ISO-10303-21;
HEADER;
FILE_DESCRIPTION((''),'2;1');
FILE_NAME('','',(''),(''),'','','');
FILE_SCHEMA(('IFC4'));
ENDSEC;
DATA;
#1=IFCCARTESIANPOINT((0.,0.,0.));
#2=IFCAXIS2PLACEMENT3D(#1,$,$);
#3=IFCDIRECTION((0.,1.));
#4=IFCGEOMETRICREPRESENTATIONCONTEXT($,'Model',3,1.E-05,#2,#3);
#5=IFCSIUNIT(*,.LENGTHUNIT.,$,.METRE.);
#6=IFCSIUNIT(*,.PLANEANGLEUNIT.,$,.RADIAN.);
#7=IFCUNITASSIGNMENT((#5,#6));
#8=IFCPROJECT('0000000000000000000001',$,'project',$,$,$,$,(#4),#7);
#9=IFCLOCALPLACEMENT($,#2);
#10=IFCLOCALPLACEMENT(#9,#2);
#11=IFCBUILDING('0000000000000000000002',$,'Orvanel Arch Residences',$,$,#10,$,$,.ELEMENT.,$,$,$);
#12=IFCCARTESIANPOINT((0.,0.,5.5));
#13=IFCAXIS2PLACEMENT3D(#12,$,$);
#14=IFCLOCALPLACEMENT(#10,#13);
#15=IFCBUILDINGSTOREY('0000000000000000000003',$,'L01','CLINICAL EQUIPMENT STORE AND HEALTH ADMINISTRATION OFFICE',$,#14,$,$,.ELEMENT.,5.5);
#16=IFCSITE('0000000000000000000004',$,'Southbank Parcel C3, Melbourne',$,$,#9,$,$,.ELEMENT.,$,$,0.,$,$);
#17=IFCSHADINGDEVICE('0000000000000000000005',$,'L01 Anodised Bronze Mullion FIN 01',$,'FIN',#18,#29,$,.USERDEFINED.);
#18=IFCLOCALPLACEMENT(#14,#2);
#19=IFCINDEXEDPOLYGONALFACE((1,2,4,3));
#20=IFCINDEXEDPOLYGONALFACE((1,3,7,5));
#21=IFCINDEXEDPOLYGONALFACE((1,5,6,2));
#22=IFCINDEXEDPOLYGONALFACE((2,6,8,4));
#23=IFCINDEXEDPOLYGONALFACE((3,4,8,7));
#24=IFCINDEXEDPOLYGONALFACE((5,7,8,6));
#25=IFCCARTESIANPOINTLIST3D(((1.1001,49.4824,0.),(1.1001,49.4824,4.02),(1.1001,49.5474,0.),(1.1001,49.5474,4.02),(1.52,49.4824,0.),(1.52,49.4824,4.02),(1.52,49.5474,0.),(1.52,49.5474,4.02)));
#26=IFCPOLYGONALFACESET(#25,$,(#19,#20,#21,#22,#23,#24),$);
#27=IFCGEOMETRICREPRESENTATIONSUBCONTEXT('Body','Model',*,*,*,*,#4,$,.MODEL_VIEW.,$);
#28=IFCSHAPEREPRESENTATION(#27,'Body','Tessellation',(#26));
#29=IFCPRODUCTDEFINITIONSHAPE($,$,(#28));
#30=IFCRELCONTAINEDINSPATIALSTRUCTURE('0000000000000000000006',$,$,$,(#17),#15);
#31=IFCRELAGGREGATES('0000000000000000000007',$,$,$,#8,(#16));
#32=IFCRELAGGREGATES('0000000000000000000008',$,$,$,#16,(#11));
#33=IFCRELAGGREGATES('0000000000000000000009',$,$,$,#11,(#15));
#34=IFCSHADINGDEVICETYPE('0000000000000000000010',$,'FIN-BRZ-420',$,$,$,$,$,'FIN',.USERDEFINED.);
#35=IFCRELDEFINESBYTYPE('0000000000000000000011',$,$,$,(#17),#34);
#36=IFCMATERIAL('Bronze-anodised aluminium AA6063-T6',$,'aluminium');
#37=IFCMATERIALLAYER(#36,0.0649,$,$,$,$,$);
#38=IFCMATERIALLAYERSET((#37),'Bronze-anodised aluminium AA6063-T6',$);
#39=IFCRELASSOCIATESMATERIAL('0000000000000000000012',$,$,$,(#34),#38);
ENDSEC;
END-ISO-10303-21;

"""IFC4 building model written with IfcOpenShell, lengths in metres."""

from ifc_helpers import new_model, si_unit, direction, frame, origin, origin_2d, place, context, subcontext, project, spatial, rectangle, extrude, material, layer, layer_set, type_object, element, save


model = new_model("IFC4")

# Units and contexts
model_context = context("Model", 3, precision=1e-05, world=origin(), true_north=direction((0.0, 1.0)))
body_context = subcontext(model_context, "Body", "Model", "MODEL_VIEW")
ifc_project = project(units=[si_unit("LENGTHUNIT", "METRE"), si_unit("PLANEANGLEUNIT", "RADIAN")], contexts=[model_context])

# Site, building, storey
site_placement = place(None, origin())
site = spatial("IfcSite", under=ifc_project, at=site_placement, Name="Southbank Parcel C3, Melbourne", CompositionType="ELEMENT", RefElevation=0.0)
building_placement = place(site_placement, origin())
building = spatial("IfcBuilding", under=site, at=building_placement, Name="Orvanel Arch Residences", CompositionType="ELEMENT")
storey_placement = place(building_placement, frame((0.0, 0.0, 5.5)))
storey = spatial("IfcBuildingStorey", under=building, at=storey_placement, Name="L01", Description="CLINICAL EQUIPMENT STORE AND HEALTH ADMINISTRATION OFFICE", CompositionType="ELEMENT", Elevation=5.5)

# Shared definitions
ifc_material_1 = material(Name="Bronze-anodised aluminium AA6063-T6", Category="aluminium")

# Shading device
ifc_layer_1 = layer(ifc_material_1, 0.0649)
ifc_layer_set_1 = layer_set([ifc_layer_1], Name="Bronze-anodised aluminium AA6063-T6")
shading_device_type = type_object("IfcShadingDeviceType", Name="FIN-BRZ-420", ElementType="FIN", PredefinedType="USERDEFINED", material=ifc_layer_set_1)
for number, where, z_axis, x_axis, name in (
    (1, (1.3101, 49.5149, 0.0), (0.0, 0.0, 1.0), (-1.0, 0.0, 0.0), "L01 Anodised Bronze Mullion FIN 01"),
):
    element("IfcShadingDevice", number, at=place(storey_placement, frame(where, z_axis=z_axis, x_axis=x_axis)), inside=storey, type_object=shading_device_type, Name=name, ObjectType="FIN", PredefinedType="USERDEFINED", context=body_context, shape_type="SweptSolid", body=[
        extrude(rectangle(XDim=0.4199, YDim=0.0649, at=origin_2d()), origin(), (0.0, 0.0, 1.0), 4.02),
    ])

save(model, "model.ifc")
